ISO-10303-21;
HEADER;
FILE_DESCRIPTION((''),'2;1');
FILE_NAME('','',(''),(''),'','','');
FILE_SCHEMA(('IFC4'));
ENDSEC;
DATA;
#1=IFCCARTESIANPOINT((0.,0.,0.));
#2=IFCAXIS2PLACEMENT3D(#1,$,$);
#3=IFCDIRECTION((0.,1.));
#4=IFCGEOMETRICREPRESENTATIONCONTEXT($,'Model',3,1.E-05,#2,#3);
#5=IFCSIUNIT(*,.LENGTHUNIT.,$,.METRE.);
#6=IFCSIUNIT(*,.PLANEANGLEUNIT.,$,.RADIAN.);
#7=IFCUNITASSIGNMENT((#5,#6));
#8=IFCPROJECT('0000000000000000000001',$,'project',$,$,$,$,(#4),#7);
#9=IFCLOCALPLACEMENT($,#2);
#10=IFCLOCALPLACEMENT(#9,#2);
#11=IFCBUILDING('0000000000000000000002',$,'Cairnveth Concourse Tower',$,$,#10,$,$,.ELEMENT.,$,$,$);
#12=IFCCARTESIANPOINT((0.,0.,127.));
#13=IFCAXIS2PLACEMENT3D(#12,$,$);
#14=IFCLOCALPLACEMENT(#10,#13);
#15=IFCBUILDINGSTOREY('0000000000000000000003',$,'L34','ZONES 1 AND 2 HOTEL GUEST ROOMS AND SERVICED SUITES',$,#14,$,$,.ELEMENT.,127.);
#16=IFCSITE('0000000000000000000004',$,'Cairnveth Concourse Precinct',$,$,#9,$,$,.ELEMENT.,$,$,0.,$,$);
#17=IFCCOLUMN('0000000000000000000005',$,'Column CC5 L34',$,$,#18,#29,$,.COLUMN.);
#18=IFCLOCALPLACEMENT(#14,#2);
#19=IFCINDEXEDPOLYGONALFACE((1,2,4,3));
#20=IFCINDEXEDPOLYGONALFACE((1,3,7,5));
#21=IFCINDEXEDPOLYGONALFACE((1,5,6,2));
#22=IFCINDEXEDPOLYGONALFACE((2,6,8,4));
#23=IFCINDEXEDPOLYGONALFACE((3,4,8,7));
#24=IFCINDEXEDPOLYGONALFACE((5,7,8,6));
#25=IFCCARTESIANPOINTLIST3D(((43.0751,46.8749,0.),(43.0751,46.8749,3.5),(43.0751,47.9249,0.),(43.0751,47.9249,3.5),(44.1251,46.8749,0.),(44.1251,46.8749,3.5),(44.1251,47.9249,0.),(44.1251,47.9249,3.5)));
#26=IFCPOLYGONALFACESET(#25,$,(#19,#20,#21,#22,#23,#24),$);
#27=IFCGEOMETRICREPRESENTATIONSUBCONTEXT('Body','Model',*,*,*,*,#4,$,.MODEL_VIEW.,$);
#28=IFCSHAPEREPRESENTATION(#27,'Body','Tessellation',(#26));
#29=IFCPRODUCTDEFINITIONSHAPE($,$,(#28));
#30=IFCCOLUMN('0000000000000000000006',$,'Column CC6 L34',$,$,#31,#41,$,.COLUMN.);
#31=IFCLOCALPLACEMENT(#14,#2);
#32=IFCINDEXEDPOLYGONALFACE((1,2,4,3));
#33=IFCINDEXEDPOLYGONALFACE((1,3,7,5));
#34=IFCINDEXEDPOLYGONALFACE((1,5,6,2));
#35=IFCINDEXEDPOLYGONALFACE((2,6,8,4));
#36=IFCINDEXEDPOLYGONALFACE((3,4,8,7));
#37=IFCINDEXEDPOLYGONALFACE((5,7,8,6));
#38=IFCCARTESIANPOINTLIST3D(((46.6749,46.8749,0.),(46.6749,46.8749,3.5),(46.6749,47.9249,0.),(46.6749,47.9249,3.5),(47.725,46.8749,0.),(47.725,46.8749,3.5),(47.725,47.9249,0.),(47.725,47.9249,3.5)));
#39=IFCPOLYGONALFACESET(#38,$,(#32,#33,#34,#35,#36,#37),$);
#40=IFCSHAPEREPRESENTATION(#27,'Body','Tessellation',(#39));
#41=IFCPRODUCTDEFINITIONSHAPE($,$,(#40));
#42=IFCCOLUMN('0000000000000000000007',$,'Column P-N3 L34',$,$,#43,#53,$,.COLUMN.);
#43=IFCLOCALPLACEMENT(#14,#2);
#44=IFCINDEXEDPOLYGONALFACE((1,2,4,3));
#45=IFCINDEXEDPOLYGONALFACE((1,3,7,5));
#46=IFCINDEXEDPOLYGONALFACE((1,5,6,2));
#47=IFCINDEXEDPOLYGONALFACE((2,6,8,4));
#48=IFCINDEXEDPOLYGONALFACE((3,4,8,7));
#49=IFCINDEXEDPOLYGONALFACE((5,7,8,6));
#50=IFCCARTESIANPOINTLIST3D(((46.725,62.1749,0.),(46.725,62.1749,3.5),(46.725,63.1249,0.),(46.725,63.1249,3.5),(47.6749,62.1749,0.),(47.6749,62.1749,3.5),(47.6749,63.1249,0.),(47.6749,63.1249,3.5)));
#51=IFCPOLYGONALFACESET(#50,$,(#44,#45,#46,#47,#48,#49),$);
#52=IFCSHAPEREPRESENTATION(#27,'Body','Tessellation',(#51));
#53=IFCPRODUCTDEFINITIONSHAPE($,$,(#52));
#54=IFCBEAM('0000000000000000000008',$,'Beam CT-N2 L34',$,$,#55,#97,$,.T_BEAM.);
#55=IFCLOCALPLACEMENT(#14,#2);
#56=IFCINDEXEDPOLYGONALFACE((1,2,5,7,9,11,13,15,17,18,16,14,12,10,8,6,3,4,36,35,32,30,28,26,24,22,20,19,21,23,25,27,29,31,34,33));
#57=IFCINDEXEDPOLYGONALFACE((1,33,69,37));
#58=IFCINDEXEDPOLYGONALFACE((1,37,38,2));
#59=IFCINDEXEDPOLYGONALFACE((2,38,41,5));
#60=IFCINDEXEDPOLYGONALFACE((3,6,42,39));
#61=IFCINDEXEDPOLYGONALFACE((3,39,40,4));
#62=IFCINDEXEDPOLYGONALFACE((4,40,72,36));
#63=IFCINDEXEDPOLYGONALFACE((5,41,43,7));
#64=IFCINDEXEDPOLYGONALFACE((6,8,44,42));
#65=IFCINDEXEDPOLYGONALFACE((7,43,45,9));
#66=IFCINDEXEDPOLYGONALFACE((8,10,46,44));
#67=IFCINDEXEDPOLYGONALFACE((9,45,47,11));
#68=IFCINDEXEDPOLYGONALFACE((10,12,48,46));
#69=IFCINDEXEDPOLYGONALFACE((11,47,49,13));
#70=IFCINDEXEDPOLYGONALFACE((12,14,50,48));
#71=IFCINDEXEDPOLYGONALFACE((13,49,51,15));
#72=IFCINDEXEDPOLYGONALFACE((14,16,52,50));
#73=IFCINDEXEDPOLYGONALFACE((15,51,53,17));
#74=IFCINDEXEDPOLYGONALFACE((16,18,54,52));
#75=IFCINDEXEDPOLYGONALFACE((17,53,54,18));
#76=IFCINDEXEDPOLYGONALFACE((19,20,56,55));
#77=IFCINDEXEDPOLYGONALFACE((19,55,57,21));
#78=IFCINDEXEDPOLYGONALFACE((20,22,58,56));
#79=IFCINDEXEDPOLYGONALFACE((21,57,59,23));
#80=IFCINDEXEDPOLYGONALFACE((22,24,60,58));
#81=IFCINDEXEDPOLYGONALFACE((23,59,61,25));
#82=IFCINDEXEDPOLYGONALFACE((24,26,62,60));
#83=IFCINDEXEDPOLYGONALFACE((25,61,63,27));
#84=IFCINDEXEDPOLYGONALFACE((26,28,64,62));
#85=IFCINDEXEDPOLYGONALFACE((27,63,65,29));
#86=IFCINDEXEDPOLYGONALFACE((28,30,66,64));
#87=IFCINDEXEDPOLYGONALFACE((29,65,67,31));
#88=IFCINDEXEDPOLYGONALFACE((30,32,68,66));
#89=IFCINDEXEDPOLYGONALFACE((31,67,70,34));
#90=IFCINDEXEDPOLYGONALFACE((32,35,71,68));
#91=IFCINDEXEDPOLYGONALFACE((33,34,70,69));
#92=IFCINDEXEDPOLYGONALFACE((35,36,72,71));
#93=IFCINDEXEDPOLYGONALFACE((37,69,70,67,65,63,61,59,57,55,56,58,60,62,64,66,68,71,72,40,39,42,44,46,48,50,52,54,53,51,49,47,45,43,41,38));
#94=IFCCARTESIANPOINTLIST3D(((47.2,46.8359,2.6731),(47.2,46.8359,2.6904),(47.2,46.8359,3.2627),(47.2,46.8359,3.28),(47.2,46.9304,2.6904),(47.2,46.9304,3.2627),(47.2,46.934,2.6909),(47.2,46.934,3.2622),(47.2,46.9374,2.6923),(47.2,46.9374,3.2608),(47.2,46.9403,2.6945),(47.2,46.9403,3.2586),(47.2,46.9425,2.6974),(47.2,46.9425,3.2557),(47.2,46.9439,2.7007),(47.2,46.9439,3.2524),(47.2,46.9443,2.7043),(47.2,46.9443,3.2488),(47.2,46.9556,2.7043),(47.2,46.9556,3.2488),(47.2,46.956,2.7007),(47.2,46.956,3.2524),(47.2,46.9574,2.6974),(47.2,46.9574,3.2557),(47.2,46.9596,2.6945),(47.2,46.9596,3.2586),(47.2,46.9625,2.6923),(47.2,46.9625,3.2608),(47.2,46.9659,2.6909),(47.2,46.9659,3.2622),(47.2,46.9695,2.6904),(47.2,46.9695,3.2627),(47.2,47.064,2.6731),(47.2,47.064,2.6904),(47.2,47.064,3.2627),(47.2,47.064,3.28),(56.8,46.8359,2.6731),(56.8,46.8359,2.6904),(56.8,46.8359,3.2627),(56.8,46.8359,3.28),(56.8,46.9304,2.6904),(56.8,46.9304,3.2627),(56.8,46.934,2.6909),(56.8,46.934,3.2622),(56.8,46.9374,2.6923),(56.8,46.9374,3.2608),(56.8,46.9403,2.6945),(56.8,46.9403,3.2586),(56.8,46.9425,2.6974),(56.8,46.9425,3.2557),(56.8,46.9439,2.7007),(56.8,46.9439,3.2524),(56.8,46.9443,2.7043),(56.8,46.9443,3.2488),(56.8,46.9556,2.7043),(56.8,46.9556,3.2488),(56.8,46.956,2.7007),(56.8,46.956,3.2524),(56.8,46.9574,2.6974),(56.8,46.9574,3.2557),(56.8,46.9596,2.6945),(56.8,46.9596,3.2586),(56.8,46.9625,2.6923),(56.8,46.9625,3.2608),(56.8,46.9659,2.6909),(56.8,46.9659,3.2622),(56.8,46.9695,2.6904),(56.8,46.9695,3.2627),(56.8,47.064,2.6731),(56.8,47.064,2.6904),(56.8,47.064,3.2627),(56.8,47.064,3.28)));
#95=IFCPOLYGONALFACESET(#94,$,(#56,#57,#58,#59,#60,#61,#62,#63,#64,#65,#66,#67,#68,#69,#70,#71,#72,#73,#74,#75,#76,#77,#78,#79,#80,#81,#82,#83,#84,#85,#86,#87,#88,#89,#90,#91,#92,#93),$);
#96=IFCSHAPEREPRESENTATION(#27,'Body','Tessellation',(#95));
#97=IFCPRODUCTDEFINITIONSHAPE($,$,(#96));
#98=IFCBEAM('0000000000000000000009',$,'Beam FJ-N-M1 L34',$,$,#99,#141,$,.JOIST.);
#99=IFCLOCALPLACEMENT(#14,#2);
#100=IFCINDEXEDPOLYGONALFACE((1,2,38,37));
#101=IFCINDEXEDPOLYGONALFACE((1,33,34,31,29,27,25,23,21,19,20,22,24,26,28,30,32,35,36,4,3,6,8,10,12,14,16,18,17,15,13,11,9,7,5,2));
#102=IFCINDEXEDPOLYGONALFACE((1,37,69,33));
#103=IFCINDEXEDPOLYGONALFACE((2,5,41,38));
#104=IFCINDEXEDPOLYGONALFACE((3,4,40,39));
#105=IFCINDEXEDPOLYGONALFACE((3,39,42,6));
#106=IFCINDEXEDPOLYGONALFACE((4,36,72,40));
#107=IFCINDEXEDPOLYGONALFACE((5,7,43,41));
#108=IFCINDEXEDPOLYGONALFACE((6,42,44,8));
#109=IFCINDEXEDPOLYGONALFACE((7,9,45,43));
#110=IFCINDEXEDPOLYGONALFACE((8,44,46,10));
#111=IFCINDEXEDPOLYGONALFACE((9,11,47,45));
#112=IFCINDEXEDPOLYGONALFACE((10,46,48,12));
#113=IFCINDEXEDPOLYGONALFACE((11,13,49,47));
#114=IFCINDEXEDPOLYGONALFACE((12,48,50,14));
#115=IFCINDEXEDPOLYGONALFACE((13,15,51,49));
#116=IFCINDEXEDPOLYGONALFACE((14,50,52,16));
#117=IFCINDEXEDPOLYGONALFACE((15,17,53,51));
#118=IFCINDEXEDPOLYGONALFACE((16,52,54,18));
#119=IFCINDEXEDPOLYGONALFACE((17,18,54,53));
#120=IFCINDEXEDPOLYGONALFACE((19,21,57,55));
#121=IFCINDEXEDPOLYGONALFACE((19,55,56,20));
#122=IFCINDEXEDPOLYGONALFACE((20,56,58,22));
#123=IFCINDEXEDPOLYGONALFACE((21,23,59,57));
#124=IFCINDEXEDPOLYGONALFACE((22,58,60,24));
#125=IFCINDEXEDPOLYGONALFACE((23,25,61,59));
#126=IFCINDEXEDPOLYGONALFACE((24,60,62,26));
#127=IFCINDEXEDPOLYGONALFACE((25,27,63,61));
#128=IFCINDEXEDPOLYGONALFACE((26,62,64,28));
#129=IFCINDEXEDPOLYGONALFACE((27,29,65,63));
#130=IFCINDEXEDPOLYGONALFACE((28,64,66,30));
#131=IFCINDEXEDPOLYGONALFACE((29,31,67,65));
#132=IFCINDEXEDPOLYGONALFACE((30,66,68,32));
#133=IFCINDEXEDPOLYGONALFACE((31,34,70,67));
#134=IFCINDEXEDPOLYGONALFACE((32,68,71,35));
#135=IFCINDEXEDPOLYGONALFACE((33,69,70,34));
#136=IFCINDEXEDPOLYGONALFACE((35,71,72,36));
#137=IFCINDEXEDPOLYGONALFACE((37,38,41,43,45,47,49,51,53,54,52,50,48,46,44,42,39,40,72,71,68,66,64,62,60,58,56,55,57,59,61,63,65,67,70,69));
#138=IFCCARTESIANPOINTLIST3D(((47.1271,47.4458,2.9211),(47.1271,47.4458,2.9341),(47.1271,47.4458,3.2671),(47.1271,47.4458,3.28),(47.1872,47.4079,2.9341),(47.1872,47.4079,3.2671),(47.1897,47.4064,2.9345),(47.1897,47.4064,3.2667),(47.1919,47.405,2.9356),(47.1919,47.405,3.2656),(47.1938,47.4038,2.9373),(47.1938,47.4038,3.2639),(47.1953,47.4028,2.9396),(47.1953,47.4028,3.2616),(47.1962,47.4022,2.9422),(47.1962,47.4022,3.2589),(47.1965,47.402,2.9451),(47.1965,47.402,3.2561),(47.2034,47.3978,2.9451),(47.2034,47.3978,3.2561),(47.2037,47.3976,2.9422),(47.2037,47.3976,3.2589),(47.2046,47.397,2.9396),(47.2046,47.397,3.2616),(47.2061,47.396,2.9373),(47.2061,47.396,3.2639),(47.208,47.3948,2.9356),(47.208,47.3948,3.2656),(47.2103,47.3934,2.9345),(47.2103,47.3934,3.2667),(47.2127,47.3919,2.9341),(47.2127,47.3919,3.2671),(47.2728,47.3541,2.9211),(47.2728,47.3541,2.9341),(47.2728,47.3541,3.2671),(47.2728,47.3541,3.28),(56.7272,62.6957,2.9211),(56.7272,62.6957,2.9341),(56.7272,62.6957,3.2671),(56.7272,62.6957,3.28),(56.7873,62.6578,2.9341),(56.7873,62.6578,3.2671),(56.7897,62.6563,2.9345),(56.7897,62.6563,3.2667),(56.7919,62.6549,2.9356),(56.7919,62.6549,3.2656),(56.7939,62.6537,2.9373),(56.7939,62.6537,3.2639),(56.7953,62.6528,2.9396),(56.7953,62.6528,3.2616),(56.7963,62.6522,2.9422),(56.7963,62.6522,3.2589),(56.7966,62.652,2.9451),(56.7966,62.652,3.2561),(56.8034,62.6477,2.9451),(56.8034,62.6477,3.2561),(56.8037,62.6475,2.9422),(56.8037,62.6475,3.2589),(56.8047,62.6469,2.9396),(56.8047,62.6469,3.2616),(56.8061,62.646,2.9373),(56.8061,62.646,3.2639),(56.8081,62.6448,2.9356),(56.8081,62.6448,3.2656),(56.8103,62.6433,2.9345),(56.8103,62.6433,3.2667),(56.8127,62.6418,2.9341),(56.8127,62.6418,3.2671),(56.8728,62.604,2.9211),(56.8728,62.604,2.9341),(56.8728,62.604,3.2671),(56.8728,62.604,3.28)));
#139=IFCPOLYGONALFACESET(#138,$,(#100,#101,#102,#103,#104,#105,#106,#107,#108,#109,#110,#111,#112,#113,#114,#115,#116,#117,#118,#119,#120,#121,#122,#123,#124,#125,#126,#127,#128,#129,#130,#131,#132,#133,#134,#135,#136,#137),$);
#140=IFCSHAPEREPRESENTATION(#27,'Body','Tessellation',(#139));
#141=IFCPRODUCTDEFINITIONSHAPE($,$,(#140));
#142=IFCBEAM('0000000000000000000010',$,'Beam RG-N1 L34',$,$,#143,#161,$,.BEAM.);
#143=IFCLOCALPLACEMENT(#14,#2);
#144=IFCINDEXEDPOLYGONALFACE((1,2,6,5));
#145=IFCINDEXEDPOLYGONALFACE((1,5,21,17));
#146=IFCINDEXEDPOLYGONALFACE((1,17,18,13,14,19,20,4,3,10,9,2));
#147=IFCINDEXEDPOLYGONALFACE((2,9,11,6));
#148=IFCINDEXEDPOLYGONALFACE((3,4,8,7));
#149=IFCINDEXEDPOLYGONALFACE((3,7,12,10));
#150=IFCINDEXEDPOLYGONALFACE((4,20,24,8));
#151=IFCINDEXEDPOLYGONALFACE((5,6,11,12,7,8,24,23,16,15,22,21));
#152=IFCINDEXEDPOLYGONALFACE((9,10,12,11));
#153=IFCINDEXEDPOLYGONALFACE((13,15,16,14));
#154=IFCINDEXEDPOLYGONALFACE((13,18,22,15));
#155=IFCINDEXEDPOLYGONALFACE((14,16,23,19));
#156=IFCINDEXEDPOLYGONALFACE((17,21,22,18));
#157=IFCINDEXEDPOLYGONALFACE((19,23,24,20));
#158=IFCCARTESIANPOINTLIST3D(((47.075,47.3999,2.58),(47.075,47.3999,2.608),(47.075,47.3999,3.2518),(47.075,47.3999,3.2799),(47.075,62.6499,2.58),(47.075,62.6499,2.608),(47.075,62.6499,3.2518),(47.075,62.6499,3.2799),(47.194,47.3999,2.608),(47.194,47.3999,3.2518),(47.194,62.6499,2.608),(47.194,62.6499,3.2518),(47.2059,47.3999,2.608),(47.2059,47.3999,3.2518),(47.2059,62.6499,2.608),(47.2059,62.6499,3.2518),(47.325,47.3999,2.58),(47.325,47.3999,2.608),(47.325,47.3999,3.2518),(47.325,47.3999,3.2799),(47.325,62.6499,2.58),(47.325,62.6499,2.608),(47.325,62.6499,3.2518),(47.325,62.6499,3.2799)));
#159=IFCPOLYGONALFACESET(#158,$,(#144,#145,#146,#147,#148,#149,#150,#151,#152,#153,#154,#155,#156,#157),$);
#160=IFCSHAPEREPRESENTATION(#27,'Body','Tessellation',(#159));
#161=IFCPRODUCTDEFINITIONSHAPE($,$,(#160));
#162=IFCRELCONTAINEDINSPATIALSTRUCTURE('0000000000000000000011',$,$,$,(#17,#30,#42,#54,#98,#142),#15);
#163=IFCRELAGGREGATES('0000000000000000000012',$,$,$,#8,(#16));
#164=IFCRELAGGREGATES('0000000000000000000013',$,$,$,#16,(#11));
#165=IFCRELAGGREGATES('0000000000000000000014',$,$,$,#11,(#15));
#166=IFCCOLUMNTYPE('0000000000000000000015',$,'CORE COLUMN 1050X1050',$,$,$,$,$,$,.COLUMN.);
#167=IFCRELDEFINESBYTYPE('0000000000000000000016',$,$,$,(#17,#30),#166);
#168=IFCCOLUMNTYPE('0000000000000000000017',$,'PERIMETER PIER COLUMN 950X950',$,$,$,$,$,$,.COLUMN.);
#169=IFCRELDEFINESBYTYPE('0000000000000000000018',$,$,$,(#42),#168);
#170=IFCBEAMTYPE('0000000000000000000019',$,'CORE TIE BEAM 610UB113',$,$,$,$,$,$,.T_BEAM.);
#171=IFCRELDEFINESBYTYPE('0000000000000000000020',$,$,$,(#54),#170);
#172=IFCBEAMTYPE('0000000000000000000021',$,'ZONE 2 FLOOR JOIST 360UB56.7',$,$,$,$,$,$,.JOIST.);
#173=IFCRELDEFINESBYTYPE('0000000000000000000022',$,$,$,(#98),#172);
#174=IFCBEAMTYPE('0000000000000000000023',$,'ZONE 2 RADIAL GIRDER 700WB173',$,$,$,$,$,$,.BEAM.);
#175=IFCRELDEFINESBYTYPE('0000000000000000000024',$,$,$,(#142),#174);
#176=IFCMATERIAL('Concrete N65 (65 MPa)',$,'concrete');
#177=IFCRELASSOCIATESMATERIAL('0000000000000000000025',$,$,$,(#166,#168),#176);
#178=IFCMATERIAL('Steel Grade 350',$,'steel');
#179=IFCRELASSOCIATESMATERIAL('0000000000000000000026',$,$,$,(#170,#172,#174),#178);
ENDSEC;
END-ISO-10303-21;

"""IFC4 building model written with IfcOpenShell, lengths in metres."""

from ifc_helpers import new_model, si_unit, direction, frame, origin, origin_2d, place, context, subcontext, project, spatial, rectangle, i_section, extrude, material, material_profile, profile_set, type_object, element, save


model = new_model("IFC4")

# Units and contexts
model_context = context("Model", 3, precision=1e-05, world=origin(), true_north=direction((0.0, 1.0)))
body_context = subcontext(model_context, "Body", "Model", "MODEL_VIEW")
ifc_project = project(units=[si_unit("LENGTHUNIT", "METRE"), si_unit("PLANEANGLEUNIT", "RADIAN")], contexts=[model_context])

# Site, building, storey
site_placement = place(None, origin())
site = spatial("IfcSite", under=ifc_project, at=site_placement, Name="Cairnveth Concourse Precinct", CompositionType="ELEMENT", RefElevation=0.0)
building_placement = place(site_placement, origin())
building = spatial("IfcBuilding", under=site, at=building_placement, Name="Cairnveth Concourse Tower", CompositionType="ELEMENT")
storey_placement = place(building_placement, frame((0.0, 0.0, 127.0)))
storey = spatial("IfcBuildingStorey", under=building, at=storey_placement, Name="L34", Description="ZONES 1 AND 2 HOTEL GUEST ROOMS AND SERVICED SUITES", CompositionType="ELEMENT", Elevation=127.0)

# Columns
ifc_material_1 = material(Name="Concrete N65 (65 MPa)", Category="concrete")
ifc_material_profile_1 = material_profile(ifc_material_1, rectangle(XDim=1.05, YDim=1.05, at=origin_2d()), Name="RC-COL-1050x1050")
ifc_profile_set_1 = profile_set([ifc_material_profile_1], Name="Concrete N65 (65 MPa)")
column_type_1 = type_object("IfcColumnType", Name="CORE COLUMN 1050X1050", PredefinedType="COLUMN", material=ifc_profile_set_1)
for number, where, z_axis, x_axis, name in (
    (1, (43.6001, 47.3999, 0.0), (0.0, 0.0, 1.0), (1.0, 0.0, 0.0), "Column CC5 L34"),
    (2, (47.2, 47.3999, 0.0), (0.0, 0.0, 1.0), (1.0, 0.0, 0.0), "Column CC6 L34"),
):
    element("IfcColumn", number, at=place(storey_placement, frame(where, z_axis=z_axis, x_axis=x_axis)), inside=storey, type_object=column_type_1, Name=name, PredefinedType="COLUMN", context=body_context, shape_type="SweptSolid", body=[
        extrude(rectangle(XDim=1.05, YDim=1.05, at=origin_2d()), origin(), (0.0, 0.0, 1.0), 3.5),
    ])
ifc_material_profile_2 = material_profile(ifc_material_1, rectangle(XDim=0.95, YDim=0.95, at=origin_2d()), Name="RC-COL-950x950")
ifc_profile_set_2 = profile_set([ifc_material_profile_2], Name="Concrete N65 (65 MPa)")
column_type_2 = type_object("IfcColumnType", Name="PERIMETER PIER COLUMN 950X950", PredefinedType="COLUMN", material=ifc_profile_set_2)
column_placement = place(storey_placement, frame((47.2, 62.6499, 0.0), z_axis=(0.0, 0.0, 1.0), x_axis=(1.0, 0.0, 0.0)))
element("IfcColumn", 3, at=column_placement, inside=storey, type_object=column_type_2, Name="Column P-N3 L34", PredefinedType="COLUMN", context=body_context, shape_type="SweptSolid", body=[
    extrude(rectangle(XDim=0.95, YDim=0.95, at=origin_2d()), origin(), (0.0, 0.0, 1.0), 3.5),
])

# Beams
ifc_material_2 = material(Name="Steel Grade 350", Category="steel")
ifc_material_profile_3 = material_profile(ifc_material_2, i_section(OverallWidth=0.228, OverallDepth=0.6069, WebThickness=0.0112, FlangeThickness=0.0173, FilletRadius=0.0139, at=origin_2d()), Name="610UB113")
ifc_profile_set_3 = profile_set([ifc_material_profile_3], Name="Steel Grade 350")
beam_type_1 = type_object("IfcBeamType", Name="CORE TIE BEAM 610UB113", PredefinedType="T_BEAM", material=ifc_profile_set_3)
beam_1_placement = place(storey_placement, frame((47.2, 46.95, 2.9766), z_axis=(1.0, 0.0, 0.0), x_axis=(0.0, 1.0, 0.0)))
element("IfcBeam", 4, at=beam_1_placement, inside=storey, type_object=beam_type_1, Name="Beam CT-N2 L34", PredefinedType="T_BEAM", context=body_context, shape_type="SweptSolid", body=[
    extrude(i_section(OverallWidth=0.228, OverallDepth=0.6069, WebThickness=0.0112, FlangeThickness=0.0173, FilletRadius=0.0139, at=origin_2d()), origin(), (0.0, 0.0, 1.0), 9.6001),
])
ifc_material_profile_4 = material_profile(ifc_material_2, i_section(OverallWidth=0.1721, OverallDepth=0.3589, WebThickness=0.0081, FlangeThickness=0.0129, FilletRadius=0.011, at=origin_2d()), Name="360UB56.7")
ifc_profile_set_4 = profile_set([ifc_material_profile_4], Name="Steel Grade 350")
beam_type_2 = type_object("IfcBeamType", Name="ZONE 2 FLOOR JOIST 360UB56.7", PredefinedType="JOIST", material=ifc_profile_set_4)
beam_2_placement = place(storey_placement, frame((47.2, 47.3999, 3.1006), z_axis=(0.532744, 0.846277, 0.0), x_axis=(-0.846277, 0.532744, 0.0)))
element("IfcBeam", 5, at=beam_2_placement, inside=storey, type_object=beam_type_2, Name="Beam FJ-N-M1 L34", PredefinedType="JOIST", context=body_context, shape_type="SweptSolid", body=[
    extrude(i_section(OverallWidth=0.1721, OverallDepth=0.3589, WebThickness=0.0081, FlangeThickness=0.0129, FilletRadius=0.011, at=origin_2d()), origin(), (0.0, 0.0, 1.0), 18.02),
])
ifc_material_profile_5 = material_profile(ifc_material_2, i_section(OverallWidth=0.25, OverallDepth=0.7, WebThickness=0.012, FlangeThickness=0.0281, at=origin_2d()), Name="700WB173")
ifc_profile_set_5 = profile_set([ifc_material_profile_5], Name="Steel Grade 350")
beam_type_3 = type_object("IfcBeamType", Name="ZONE 2 RADIAL GIRDER 700WB173", PredefinedType="BEAM", material=ifc_profile_set_5)
beam_3_placement = place(storey_placement, frame((47.2, 47.3999, 2.9299), z_axis=(0.0, 1.0, 0.0), x_axis=(-1.0, 0.0, 0.0)))
element("IfcBeam", 6, at=beam_3_placement, inside=storey, type_object=beam_type_3, Name="Beam RG-N1 L34", PredefinedType="BEAM", context=body_context, shape_type="SweptSolid", body=[
    extrude(i_section(OverallWidth=0.25, OverallDepth=0.7, WebThickness=0.012, FlangeThickness=0.0281, at=origin_2d()), origin(), (0.0, 0.0, 1.0), 15.25),
])

save(model, "model.ifc")
